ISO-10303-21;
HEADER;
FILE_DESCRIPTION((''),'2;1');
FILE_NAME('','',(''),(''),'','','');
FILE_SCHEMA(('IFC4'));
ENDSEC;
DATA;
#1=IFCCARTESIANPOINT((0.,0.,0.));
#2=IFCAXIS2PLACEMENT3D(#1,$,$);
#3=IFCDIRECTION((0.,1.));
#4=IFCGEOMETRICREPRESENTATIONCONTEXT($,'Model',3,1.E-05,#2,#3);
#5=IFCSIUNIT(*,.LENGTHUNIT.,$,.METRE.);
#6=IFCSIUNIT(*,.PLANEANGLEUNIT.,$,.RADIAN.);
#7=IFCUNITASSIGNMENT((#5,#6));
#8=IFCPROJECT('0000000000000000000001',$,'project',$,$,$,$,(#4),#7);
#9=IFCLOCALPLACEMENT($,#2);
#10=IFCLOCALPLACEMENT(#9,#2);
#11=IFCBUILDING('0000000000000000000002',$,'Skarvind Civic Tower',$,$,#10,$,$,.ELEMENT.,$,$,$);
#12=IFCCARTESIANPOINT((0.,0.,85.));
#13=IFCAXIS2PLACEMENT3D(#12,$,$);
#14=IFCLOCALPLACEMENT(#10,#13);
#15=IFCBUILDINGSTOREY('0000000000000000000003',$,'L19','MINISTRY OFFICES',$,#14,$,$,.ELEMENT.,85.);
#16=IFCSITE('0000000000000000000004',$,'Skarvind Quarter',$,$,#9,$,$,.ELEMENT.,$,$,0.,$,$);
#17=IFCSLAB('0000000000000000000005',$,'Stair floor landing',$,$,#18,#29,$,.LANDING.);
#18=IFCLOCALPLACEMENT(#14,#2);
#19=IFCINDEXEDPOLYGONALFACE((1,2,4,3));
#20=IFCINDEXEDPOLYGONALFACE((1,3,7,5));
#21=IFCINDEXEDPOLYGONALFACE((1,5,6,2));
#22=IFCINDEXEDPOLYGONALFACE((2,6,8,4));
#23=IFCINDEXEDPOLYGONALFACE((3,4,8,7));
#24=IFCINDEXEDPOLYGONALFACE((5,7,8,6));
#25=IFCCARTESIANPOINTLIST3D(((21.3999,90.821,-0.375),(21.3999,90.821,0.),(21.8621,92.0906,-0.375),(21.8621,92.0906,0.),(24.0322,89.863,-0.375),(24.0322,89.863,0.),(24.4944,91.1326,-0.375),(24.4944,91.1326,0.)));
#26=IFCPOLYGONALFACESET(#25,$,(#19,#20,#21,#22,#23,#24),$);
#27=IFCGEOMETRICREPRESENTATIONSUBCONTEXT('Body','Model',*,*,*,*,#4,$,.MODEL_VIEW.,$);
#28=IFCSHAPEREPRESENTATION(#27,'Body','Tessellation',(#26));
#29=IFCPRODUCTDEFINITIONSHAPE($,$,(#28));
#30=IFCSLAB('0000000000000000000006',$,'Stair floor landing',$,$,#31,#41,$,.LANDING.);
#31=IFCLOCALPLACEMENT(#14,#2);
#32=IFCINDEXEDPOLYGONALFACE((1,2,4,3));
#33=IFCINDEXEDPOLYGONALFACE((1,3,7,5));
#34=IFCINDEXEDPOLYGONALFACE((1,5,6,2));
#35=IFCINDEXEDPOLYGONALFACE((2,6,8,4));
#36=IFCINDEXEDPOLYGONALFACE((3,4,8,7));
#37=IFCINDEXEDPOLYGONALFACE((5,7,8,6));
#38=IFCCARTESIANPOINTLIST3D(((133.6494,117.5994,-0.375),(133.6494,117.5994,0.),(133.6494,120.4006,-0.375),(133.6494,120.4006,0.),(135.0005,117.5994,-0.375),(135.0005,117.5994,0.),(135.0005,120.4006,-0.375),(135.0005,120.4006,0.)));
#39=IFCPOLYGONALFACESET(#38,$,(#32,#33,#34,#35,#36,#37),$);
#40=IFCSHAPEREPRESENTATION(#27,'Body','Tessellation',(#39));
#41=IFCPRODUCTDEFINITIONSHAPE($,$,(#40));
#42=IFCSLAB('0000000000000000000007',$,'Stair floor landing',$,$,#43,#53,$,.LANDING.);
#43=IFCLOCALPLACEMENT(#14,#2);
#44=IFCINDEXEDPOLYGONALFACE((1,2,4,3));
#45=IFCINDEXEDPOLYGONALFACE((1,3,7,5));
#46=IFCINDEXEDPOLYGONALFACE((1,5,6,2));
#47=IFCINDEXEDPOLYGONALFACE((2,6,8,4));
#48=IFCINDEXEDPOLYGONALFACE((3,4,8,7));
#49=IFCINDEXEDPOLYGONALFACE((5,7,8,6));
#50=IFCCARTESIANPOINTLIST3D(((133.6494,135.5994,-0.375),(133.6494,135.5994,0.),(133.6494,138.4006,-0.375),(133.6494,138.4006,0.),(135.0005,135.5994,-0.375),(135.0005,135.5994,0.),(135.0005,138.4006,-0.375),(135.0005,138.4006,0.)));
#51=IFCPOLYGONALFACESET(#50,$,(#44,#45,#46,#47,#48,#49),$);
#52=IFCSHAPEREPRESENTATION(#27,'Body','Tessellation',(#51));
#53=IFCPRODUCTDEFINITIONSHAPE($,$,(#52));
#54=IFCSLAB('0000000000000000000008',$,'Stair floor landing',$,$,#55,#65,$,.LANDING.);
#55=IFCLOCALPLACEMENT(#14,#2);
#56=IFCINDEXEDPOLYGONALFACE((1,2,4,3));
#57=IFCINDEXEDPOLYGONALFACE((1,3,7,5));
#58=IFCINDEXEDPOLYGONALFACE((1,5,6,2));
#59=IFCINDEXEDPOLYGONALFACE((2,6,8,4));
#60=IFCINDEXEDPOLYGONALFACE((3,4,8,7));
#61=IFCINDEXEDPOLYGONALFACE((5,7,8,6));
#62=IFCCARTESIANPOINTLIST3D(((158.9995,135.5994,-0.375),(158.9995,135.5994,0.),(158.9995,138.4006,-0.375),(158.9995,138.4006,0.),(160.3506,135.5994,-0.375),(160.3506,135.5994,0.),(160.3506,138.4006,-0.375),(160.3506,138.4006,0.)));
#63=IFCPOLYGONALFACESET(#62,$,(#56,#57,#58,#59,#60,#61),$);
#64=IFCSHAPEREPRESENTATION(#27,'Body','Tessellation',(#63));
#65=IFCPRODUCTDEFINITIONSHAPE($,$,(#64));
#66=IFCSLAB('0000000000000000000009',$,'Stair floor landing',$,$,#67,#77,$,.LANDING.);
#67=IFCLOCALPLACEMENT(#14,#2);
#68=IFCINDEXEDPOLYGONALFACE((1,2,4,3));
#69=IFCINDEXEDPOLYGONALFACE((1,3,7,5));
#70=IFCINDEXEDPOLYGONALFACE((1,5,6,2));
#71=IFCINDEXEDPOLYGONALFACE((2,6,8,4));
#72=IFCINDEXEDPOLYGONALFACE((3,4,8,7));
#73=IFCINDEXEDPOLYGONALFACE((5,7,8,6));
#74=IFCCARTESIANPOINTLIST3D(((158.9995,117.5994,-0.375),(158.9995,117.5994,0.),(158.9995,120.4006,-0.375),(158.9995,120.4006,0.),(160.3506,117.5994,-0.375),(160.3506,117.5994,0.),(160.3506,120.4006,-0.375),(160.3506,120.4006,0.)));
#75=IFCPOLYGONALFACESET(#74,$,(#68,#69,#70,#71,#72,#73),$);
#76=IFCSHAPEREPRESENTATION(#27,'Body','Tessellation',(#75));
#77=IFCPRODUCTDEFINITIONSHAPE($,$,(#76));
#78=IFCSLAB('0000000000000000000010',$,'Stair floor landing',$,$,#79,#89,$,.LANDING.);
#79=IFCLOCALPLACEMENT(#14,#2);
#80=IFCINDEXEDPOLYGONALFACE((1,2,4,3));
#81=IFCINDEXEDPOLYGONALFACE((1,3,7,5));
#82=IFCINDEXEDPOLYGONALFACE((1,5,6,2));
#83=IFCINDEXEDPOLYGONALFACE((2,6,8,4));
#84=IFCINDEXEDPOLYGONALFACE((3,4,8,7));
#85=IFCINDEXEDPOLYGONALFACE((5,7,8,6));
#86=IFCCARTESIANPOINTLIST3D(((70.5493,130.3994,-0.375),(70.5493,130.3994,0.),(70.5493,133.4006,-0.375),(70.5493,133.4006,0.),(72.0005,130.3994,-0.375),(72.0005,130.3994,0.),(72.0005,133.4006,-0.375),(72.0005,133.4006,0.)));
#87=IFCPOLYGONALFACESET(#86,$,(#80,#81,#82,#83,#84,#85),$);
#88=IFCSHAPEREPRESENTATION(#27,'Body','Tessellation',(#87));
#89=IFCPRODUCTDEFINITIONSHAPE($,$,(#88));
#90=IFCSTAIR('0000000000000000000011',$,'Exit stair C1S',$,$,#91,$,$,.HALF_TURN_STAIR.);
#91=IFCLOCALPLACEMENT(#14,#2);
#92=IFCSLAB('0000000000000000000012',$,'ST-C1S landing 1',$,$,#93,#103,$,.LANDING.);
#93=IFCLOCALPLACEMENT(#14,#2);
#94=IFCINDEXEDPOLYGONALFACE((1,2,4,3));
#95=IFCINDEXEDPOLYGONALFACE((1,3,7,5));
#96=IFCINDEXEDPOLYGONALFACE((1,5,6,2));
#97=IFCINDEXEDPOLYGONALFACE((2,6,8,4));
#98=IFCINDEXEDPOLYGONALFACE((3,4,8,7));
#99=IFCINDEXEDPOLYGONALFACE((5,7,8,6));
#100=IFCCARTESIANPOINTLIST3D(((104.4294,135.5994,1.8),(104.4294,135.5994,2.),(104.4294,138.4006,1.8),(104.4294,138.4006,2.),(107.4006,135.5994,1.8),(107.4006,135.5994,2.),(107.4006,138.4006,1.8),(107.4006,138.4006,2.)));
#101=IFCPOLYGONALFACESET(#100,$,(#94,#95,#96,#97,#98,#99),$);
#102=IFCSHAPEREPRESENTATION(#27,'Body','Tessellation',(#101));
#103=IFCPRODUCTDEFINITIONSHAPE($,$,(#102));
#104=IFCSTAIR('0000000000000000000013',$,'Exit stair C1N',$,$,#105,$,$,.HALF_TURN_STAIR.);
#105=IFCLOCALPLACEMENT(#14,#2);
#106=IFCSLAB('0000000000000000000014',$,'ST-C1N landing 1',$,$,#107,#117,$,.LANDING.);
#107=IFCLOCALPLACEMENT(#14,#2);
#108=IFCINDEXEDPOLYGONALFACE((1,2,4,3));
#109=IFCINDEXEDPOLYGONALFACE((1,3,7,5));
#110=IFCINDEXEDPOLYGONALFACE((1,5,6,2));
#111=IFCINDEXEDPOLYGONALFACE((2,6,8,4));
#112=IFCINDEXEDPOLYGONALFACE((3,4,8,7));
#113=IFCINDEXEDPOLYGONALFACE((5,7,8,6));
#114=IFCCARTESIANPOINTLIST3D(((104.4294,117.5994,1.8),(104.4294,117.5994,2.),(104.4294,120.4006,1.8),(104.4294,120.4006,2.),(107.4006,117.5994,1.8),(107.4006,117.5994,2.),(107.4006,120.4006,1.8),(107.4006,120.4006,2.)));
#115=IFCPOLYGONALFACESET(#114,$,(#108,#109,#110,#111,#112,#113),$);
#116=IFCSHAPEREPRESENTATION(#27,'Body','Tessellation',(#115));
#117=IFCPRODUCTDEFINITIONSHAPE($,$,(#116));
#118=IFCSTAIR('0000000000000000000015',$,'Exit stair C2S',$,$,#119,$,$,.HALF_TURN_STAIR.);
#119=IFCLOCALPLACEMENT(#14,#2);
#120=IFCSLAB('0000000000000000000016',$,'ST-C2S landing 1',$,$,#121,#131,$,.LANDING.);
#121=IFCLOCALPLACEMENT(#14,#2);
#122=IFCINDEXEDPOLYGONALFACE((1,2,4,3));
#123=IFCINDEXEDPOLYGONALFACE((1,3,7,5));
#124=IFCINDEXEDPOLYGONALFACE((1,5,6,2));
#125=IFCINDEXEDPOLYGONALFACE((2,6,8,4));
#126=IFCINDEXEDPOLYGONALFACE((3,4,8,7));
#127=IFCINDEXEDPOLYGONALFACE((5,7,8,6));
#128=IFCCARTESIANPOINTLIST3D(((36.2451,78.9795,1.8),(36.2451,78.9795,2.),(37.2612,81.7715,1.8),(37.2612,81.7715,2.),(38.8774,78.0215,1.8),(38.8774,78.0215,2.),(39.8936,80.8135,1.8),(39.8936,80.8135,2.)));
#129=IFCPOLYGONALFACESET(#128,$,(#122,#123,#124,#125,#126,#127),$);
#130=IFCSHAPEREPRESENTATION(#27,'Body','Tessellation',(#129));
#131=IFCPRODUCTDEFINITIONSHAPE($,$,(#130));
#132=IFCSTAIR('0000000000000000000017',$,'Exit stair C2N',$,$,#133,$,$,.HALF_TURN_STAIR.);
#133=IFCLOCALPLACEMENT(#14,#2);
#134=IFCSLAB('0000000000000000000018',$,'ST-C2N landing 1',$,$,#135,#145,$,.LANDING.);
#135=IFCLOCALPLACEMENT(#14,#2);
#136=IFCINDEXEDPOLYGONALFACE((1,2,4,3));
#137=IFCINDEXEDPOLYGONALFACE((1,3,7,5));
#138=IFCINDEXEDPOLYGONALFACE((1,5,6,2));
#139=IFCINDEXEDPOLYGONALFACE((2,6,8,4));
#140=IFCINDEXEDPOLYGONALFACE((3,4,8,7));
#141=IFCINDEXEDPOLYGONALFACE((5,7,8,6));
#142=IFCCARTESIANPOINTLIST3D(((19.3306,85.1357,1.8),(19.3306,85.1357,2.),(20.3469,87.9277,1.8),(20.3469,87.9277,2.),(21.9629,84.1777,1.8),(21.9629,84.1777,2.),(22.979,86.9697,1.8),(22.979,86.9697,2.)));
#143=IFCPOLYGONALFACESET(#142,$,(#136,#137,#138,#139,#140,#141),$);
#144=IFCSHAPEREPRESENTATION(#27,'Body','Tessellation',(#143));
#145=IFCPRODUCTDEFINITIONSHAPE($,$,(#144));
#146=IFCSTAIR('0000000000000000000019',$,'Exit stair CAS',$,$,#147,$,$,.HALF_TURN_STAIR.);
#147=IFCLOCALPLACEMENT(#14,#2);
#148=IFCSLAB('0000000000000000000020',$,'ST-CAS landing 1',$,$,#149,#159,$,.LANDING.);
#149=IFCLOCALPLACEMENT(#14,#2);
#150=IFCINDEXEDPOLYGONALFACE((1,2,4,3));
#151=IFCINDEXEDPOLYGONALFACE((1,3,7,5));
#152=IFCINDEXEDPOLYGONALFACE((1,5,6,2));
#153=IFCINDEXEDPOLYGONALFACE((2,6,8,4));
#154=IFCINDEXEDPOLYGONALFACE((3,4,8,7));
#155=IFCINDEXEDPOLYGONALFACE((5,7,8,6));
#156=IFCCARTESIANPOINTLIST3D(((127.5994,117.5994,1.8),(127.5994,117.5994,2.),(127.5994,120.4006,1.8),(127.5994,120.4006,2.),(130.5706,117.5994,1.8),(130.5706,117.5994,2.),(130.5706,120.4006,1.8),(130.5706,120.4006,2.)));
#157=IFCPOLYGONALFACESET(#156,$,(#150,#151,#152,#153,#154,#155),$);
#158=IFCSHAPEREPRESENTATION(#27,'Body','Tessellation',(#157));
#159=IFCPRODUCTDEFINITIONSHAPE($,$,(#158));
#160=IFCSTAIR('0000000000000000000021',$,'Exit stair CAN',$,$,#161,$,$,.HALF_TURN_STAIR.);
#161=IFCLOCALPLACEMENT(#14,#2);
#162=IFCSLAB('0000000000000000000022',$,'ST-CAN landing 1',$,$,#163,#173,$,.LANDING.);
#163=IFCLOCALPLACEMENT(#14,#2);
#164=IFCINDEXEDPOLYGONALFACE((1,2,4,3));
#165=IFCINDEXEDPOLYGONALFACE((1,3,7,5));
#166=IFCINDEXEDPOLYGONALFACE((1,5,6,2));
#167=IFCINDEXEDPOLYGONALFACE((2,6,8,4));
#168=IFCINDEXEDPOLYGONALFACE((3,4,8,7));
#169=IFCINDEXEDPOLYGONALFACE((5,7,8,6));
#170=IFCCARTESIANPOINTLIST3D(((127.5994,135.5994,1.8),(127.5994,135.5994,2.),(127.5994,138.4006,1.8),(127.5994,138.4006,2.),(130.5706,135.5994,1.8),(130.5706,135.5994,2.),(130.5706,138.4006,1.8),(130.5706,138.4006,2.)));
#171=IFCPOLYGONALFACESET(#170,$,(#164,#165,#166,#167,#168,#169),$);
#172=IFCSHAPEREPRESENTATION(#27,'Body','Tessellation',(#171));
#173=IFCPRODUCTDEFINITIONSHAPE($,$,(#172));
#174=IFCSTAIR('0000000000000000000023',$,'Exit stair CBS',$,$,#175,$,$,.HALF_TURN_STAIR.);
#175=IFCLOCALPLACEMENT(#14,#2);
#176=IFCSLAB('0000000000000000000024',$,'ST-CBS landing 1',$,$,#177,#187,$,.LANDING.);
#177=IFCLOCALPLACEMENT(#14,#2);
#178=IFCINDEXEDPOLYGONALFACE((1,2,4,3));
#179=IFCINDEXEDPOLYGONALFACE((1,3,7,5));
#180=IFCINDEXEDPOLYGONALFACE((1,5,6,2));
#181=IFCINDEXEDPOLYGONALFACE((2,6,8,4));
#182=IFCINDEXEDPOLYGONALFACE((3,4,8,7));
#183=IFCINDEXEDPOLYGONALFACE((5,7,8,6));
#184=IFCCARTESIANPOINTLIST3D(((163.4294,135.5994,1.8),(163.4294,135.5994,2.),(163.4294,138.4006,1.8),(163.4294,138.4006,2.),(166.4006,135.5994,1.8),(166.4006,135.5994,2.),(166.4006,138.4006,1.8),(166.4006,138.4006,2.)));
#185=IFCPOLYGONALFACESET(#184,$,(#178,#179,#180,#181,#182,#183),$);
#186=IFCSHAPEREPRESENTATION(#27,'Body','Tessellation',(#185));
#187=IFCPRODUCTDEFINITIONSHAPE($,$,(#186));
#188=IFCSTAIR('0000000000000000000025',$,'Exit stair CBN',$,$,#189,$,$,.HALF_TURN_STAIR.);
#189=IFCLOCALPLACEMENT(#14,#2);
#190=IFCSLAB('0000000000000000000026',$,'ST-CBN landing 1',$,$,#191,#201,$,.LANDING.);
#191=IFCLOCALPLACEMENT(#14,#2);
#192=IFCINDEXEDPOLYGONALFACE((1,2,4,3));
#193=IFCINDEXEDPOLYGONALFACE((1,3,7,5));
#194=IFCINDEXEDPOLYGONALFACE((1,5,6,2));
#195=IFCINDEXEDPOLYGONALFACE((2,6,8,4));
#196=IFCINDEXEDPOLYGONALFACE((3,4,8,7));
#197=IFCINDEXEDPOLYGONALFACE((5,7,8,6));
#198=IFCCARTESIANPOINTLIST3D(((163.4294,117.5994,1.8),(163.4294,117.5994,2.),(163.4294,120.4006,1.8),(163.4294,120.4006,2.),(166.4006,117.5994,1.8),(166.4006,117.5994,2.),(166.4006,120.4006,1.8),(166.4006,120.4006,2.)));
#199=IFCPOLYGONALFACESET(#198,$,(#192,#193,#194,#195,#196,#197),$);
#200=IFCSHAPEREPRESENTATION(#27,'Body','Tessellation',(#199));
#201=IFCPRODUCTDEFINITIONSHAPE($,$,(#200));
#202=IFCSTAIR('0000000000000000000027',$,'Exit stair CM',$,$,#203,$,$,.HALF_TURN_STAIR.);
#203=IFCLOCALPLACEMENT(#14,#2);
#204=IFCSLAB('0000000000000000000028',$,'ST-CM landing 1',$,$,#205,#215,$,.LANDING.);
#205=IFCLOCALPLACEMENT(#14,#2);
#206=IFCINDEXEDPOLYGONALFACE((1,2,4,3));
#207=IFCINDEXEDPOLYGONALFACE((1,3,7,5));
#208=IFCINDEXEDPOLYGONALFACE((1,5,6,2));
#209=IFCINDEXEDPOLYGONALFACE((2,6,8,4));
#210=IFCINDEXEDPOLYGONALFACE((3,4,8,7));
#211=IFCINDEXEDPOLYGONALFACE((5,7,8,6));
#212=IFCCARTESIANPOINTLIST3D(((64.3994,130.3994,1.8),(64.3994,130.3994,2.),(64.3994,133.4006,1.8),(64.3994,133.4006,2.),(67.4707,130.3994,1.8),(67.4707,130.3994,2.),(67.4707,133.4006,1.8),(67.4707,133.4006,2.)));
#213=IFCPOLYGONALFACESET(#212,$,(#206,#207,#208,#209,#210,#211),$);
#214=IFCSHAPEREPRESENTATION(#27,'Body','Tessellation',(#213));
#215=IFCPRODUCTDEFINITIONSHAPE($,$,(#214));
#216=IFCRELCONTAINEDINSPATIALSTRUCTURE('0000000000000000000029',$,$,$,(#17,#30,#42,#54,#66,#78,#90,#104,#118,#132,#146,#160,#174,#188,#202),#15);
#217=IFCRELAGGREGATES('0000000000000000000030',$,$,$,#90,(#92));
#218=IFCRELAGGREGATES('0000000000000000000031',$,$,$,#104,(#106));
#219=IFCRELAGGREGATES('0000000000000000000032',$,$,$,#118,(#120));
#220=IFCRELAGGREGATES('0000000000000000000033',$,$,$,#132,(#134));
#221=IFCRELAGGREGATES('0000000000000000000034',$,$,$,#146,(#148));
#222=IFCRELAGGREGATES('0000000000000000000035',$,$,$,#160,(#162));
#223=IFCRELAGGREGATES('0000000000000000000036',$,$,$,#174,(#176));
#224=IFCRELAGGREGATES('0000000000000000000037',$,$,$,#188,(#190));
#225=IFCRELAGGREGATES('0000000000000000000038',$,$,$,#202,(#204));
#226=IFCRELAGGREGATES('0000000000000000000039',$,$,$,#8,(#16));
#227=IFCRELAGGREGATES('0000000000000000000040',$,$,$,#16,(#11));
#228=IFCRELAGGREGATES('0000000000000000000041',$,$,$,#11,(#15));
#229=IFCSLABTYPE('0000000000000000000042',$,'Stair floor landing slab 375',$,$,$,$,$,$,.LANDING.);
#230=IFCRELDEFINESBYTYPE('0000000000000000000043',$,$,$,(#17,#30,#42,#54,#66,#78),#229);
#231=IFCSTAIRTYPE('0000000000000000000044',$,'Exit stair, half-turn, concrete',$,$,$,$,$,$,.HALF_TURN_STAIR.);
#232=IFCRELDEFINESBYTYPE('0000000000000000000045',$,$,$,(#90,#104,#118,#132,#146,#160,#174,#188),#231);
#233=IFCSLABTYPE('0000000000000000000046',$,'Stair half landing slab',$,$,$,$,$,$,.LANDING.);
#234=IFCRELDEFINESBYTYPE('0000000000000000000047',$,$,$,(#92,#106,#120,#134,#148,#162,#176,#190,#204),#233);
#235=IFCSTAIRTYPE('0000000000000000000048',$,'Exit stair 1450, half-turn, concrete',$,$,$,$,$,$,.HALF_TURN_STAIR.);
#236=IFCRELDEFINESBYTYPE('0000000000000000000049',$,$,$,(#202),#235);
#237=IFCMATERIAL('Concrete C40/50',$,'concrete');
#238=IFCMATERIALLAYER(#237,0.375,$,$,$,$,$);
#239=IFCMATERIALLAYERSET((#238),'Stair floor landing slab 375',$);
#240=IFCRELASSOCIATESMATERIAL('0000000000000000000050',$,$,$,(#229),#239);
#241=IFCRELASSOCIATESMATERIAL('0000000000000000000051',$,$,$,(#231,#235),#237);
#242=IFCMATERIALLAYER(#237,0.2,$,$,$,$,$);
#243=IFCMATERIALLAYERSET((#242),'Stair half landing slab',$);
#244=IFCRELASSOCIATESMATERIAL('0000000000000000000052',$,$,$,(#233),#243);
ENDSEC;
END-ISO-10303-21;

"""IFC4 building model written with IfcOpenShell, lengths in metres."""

from ifc_helpers import new_model, si_unit, direction, frame, origin, place, context, subcontext, project, spatial, polyline, outline, extrude, material, layer, layer_set, type_object, element, aggregate, save


model = new_model("IFC4")

# Units and contexts
model_context = context("Model", 3, precision=1e-05, world=origin(), true_north=direction((0.0, 1.0)))
body_context = subcontext(model_context, "Body", "Model", "MODEL_VIEW")
ifc_project = project(units=[si_unit("LENGTHUNIT", "METRE"), si_unit("PLANEANGLEUNIT", "RADIAN")], contexts=[model_context])

# Site, building, storey
site_placement = place(None, origin())
site = spatial("IfcSite", under=ifc_project, at=site_placement, Name="Skarvind Quarter", CompositionType="ELEMENT", RefElevation=0.0)
building_placement = place(site_placement, origin())
building = spatial("IfcBuilding", under=site, at=building_placement, Name="Skarvind Civic Tower", CompositionType="ELEMENT")
storey_placement = place(building_placement, frame((0.0, 0.0, 85.0)))
storey = spatial("IfcBuildingStorey", under=building, at=storey_placement, Name="L19", Description="MINISTRY OFFICES", CompositionType="ELEMENT", Elevation=85.0)

# Slabs
ifc_material_1 = material(Name="Concrete C40/50", Category="concrete")
ifc_layer_1 = layer(ifc_material_1, 0.375)
ifc_layer_set_1 = layer_set([ifc_layer_1], Name="Stair floor landing slab 375")
slab_type_1 = type_object("IfcSlabType", Name="Stair floor landing slab 375", PredefinedType="LANDING", material=ifc_layer_set_1)
slab_1_placement = place(storey_placement, frame((0.0, 0.0, -0.375)))
element("IfcSlab", 1, at=slab_1_placement, inside=storey, type_object=slab_type_1, Name="Stair floor landing", PredefinedType="LANDING", context=body_context, shape_type="SweptSolid", body=[
    extrude(outline(polyline([(24.0322, 89.863), (21.3999, 90.821), (21.8621, 92.0906), (24.4944, 91.1326), (24.0322, 89.863)])), origin(), (0.0, 0.0, 1.0), 0.375),
])
slab_2_placement = place(storey_placement, frame((0.0, 0.0, -0.375)))
element("IfcSlab", 2, at=slab_2_placement, inside=storey, type_object=slab_type_1, Name="Stair floor landing", PredefinedType="LANDING", context=body_context, shape_type="SweptSolid", body=[
    extrude(outline(polyline([(133.6494, 117.5994), (133.6494, 120.4006), (135.0005, 120.4006), (135.0005, 117.5994), (133.6494, 117.5994)])), origin(), (0.0, 0.0, 1.0), 0.375),
])
slab_3_placement = place(storey_placement, frame((0.0, 0.0, -0.375)))
element("IfcSlab", 3, at=slab_3_placement, inside=storey, type_object=slab_type_1, Name="Stair floor landing", PredefinedType="LANDING", context=body_context, shape_type="SweptSolid", body=[
    extrude(outline(polyline([(133.6494, 135.5994), (133.6494, 138.4006), (135.0005, 138.4006), (135.0005, 135.5994), (133.6494, 135.5994)])), origin(), (0.0, 0.0, 1.0), 0.375),
])
slab_4_placement = place(storey_placement, frame((0.0, 0.0, -0.375)))
element("IfcSlab", 4, at=slab_4_placement, inside=storey, type_object=slab_type_1, Name="Stair floor landing", PredefinedType="LANDING", context=body_context, shape_type="SweptSolid", body=[
    extrude(outline(polyline([(160.3506, 138.4006), (160.3506, 135.5994), (158.9995, 135.5994), (158.9995, 138.4006), (160.3506, 138.4006)])), origin(), (0.0, 0.0, 1.0), 0.375),
])
slab_5_placement = place(storey_placement, frame((0.0, 0.0, -0.375)))
element("IfcSlab", 5, at=slab_5_placement, inside=storey, type_object=slab_type_1, Name="Stair floor landing", PredefinedType="LANDING", context=body_context, shape_type="SweptSolid", body=[
    extrude(outline(polyline([(160.3506, 120.4006), (160.3506, 117.5994), (158.9995, 117.5994), (158.9995, 120.4006), (160.3506, 120.4006)])), origin(), (0.0, 0.0, 1.0), 0.375),
])
slab_6_placement = place(storey_placement, frame((0.0, 0.0, -0.375)))
element("IfcSlab", 6, at=slab_6_placement, inside=storey, type_object=slab_type_1, Name="Stair floor landing", PredefinedType="LANDING", context=body_context, shape_type="SweptSolid", body=[
    extrude(outline(polyline([(70.5493, 130.3994), (70.5493, 133.4006), (72.0005, 133.4006), (72.0005, 130.3994), (70.5493, 130.3994)])), origin(), (0.0, 0.0, 1.0), 0.375),
])

# Stairs, slabs
stair_type_1 = type_object("IfcStairType", Name="Exit stair, half-turn, concrete", PredefinedType="HALF_TURN_STAIR", material=ifc_material_1)
stair_1_placement = place(storey_placement, origin())
stair_1 = element("IfcStair", 7, at=stair_1_placement, inside=storey, type_object=stair_type_1, Name="Exit stair C1S", PredefinedType="HALF_TURN_STAIR")
ifc_layer_2 = layer(ifc_material_1, 0.2)
ifc_layer_set_2 = layer_set([ifc_layer_2], Name="Stair half landing slab")
slab_type_2 = type_object("IfcSlabType", Name="Stair half landing slab", PredefinedType="LANDING", material=ifc_layer_set_2)
slab_7_placement = place(storey_placement, frame((0.0, 0.0, 1.8)))
slab_7 = element("IfcSlab", 8, at=slab_7_placement, type_object=slab_type_2, Name="ST-C1S landing 1", PredefinedType="LANDING", context=body_context, shape_type="SweptSolid", body=[
    extrude(outline(polyline([(104.4294, 135.5994), (104.4294, 138.4006), (107.4006, 138.4006), (107.4006, 135.5994), (104.4294, 135.5994)])), origin(), (0.0, 0.0, 1.0), 0.2),
])
aggregate(stair_1, [slab_7])
stair_2_placement = place(storey_placement, origin())
stair_2 = element("IfcStair", 9, at=stair_2_placement, inside=storey, type_object=stair_type_1, Name="Exit stair C1N", PredefinedType="HALF_TURN_STAIR")
slab_8_placement = place(storey_placement, frame((0.0, 0.0, 1.8)))
slab_8 = element("IfcSlab", 10, at=slab_8_placement, type_object=slab_type_2, Name="ST-C1N landing 1", PredefinedType="LANDING", context=body_context, shape_type="SweptSolid", body=[
    extrude(outline(polyline([(104.4294, 117.5994), (104.4294, 120.4006), (107.4006, 120.4006), (107.4006, 117.5994), (104.4294, 117.5994)])), origin(), (0.0, 0.0, 1.0), 0.2),
])
aggregate(stair_2, [slab_8])
stair_3_placement = place(storey_placement, origin())
stair_3 = element("IfcStair", 11, at=stair_3_placement, inside=storey, type_object=stair_type_1, Name="Exit stair C2S", PredefinedType="HALF_TURN_STAIR")
slab_9_placement = place(storey_placement, frame((0.0, 0.0, 1.8)))
slab_9 = element("IfcSlab", 12, at=slab_9_placement, type_object=slab_type_2, Name="ST-C2S landing 1", PredefinedType="LANDING", context=body_context, shape_type="SweptSolid", body=[
    extrude(outline(polyline([(37.2612, 81.7715), (39.8936, 80.8135), (38.8774, 78.0215), (36.2451, 78.9795), (37.2612, 81.7715)])), origin(), (0.0, 0.0, 1.0), 0.2),
])
aggregate(stair_3, [slab_9])
stair_4_placement = place(storey_placement, origin())
stair_4 = element("IfcStair", 13, at=stair_4_placement, inside=storey, type_object=stair_type_1, Name="Exit stair C2N", PredefinedType="HALF_TURN_STAIR")
slab_10_placement = place(storey_placement, frame((0.0, 0.0, 1.8)))
slab_10 = element("IfcSlab", 14, at=slab_10_placement, type_object=slab_type_2, Name="ST-C2N landing 1", PredefinedType="LANDING", context=body_context, shape_type="SweptSolid", body=[
    extrude(outline(polyline([(20.3469, 87.9277), (22.979, 86.9697), (21.9629, 84.1777), (19.3306, 85.1357), (20.3469, 87.9277)])), origin(), (0.0, 0.0, 1.0), 0.2),
])
aggregate(stair_4, [slab_10])
stair_5_placement = place(storey_placement, origin())
stair_5 = element("IfcStair", 15, at=stair_5_placement, inside=storey, type_object=stair_type_1, Name="Exit stair CAS", PredefinedType="HALF_TURN_STAIR")
slab_11_placement = place(storey_placement, frame((0.0, 0.0, 1.8)))
slab_11 = element("IfcSlab", 16, at=slab_11_placement, type_object=slab_type_2, Name="ST-CAS landing 1", PredefinedType="LANDING", context=body_context, shape_type="SweptSolid", body=[
    extrude(outline(polyline([(130.5706, 120.4006), (130.5706, 117.5994), (127.5994, 117.5994), (127.5994, 120.4006), (130.5706, 120.4006)])), origin(), (0.0, 0.0, 1.0), 0.2),
])
aggregate(stair_5, [slab_11])
stair_6_placement = place(storey_placement, origin())
stair_6 = element("IfcStair", 17, at=stair_6_placement, inside=storey, type_object=stair_type_1, Name="Exit stair CAN", PredefinedType="HALF_TURN_STAIR")
slab_12_placement = place(storey_placement, frame((0.0, 0.0, 1.8)))
slab_12 = element("IfcSlab", 18, at=slab_12_placement, type_object=slab_type_2, Name="ST-CAN landing 1", PredefinedType="LANDING", context=body_context, shape_type="SweptSolid", body=[
    extrude(outline(polyline([(130.5706, 138.4006), (130.5706, 135.5994), (127.5994, 135.5994), (127.5994, 138.4006), (130.5706, 138.4006)])), origin(), (0.0, 0.0, 1.0), 0.2),
])
aggregate(stair_6, [slab_12])
stair_7_placement = place(storey_placement, origin())
stair_7 = element("IfcStair", 19, at=stair_7_placement, inside=storey, type_object=stair_type_1, Name="Exit stair CBS", PredefinedType="HALF_TURN_STAIR")
slab_13_placement = place(storey_placement, frame((0.0, 0.0, 1.8)))
slab_13 = element("IfcSlab", 20, at=slab_13_placement, type_object=slab_type_2, Name="ST-CBS landing 1", PredefinedType="LANDING", context=body_context, shape_type="SweptSolid", body=[
    extrude(outline(polyline([(163.4294, 135.5994), (163.4294, 138.4006), (166.4006, 138.4006), (166.4006, 135.5994), (163.4294, 135.5994)])), origin(), (0.0, 0.0, 1.0), 0.2),
])
aggregate(stair_7, [slab_13])
stair_8_placement = place(storey_placement, origin())
stair_8 = element("IfcStair", 21, at=stair_8_placement, inside=storey, type_object=stair_type_1, Name="Exit stair CBN", PredefinedType="HALF_TURN_STAIR")
slab_14_placement = place(storey_placement, frame((0.0, 0.0, 1.8)))
slab_14 = element("IfcSlab", 22, at=slab_14_placement, type_object=slab_type_2, Name="ST-CBN landing 1", PredefinedType="LANDING", context=body_context, shape_type="SweptSolid", body=[
    extrude(outline(polyline([(163.4294, 117.5994), (163.4294, 120.4006), (166.4006, 120.4006), (166.4006, 117.5994), (163.4294, 117.5994)])), origin(), (0.0, 0.0, 1.0), 0.2),
])
aggregate(stair_8, [slab_14])
stair_type_2 = type_object("IfcStairType", Name="Exit stair 1450, half-turn, concrete", PredefinedType="HALF_TURN_STAIR", material=ifc_material_1)
stair_9_placement = place(storey_placement, origin())
stair_9 = element("IfcStair", 23, at=stair_9_placement, inside=storey, type_object=stair_type_2, Name="Exit stair CM", PredefinedType="HALF_TURN_STAIR")
slab_15_placement = place(storey_placement, frame((0.0, 0.0, 1.8)))
slab_15 = element("IfcSlab", 24, at=slab_15_placement, type_object=slab_type_2, Name="ST-CM landing 1", PredefinedType="LANDING", context=body_context, shape_type="SweptSolid", body=[
    extrude(outline(polyline([(67.4707, 133.4006), (67.4707, 130.3994), (64.3994, 130.3994), (64.3994, 133.4006), (67.4707, 133.4006)])), origin(), (0.0, 0.0, 1.0), 0.2),
])
aggregate(stair_9, [slab_15])

save(model, "model.ifc")
